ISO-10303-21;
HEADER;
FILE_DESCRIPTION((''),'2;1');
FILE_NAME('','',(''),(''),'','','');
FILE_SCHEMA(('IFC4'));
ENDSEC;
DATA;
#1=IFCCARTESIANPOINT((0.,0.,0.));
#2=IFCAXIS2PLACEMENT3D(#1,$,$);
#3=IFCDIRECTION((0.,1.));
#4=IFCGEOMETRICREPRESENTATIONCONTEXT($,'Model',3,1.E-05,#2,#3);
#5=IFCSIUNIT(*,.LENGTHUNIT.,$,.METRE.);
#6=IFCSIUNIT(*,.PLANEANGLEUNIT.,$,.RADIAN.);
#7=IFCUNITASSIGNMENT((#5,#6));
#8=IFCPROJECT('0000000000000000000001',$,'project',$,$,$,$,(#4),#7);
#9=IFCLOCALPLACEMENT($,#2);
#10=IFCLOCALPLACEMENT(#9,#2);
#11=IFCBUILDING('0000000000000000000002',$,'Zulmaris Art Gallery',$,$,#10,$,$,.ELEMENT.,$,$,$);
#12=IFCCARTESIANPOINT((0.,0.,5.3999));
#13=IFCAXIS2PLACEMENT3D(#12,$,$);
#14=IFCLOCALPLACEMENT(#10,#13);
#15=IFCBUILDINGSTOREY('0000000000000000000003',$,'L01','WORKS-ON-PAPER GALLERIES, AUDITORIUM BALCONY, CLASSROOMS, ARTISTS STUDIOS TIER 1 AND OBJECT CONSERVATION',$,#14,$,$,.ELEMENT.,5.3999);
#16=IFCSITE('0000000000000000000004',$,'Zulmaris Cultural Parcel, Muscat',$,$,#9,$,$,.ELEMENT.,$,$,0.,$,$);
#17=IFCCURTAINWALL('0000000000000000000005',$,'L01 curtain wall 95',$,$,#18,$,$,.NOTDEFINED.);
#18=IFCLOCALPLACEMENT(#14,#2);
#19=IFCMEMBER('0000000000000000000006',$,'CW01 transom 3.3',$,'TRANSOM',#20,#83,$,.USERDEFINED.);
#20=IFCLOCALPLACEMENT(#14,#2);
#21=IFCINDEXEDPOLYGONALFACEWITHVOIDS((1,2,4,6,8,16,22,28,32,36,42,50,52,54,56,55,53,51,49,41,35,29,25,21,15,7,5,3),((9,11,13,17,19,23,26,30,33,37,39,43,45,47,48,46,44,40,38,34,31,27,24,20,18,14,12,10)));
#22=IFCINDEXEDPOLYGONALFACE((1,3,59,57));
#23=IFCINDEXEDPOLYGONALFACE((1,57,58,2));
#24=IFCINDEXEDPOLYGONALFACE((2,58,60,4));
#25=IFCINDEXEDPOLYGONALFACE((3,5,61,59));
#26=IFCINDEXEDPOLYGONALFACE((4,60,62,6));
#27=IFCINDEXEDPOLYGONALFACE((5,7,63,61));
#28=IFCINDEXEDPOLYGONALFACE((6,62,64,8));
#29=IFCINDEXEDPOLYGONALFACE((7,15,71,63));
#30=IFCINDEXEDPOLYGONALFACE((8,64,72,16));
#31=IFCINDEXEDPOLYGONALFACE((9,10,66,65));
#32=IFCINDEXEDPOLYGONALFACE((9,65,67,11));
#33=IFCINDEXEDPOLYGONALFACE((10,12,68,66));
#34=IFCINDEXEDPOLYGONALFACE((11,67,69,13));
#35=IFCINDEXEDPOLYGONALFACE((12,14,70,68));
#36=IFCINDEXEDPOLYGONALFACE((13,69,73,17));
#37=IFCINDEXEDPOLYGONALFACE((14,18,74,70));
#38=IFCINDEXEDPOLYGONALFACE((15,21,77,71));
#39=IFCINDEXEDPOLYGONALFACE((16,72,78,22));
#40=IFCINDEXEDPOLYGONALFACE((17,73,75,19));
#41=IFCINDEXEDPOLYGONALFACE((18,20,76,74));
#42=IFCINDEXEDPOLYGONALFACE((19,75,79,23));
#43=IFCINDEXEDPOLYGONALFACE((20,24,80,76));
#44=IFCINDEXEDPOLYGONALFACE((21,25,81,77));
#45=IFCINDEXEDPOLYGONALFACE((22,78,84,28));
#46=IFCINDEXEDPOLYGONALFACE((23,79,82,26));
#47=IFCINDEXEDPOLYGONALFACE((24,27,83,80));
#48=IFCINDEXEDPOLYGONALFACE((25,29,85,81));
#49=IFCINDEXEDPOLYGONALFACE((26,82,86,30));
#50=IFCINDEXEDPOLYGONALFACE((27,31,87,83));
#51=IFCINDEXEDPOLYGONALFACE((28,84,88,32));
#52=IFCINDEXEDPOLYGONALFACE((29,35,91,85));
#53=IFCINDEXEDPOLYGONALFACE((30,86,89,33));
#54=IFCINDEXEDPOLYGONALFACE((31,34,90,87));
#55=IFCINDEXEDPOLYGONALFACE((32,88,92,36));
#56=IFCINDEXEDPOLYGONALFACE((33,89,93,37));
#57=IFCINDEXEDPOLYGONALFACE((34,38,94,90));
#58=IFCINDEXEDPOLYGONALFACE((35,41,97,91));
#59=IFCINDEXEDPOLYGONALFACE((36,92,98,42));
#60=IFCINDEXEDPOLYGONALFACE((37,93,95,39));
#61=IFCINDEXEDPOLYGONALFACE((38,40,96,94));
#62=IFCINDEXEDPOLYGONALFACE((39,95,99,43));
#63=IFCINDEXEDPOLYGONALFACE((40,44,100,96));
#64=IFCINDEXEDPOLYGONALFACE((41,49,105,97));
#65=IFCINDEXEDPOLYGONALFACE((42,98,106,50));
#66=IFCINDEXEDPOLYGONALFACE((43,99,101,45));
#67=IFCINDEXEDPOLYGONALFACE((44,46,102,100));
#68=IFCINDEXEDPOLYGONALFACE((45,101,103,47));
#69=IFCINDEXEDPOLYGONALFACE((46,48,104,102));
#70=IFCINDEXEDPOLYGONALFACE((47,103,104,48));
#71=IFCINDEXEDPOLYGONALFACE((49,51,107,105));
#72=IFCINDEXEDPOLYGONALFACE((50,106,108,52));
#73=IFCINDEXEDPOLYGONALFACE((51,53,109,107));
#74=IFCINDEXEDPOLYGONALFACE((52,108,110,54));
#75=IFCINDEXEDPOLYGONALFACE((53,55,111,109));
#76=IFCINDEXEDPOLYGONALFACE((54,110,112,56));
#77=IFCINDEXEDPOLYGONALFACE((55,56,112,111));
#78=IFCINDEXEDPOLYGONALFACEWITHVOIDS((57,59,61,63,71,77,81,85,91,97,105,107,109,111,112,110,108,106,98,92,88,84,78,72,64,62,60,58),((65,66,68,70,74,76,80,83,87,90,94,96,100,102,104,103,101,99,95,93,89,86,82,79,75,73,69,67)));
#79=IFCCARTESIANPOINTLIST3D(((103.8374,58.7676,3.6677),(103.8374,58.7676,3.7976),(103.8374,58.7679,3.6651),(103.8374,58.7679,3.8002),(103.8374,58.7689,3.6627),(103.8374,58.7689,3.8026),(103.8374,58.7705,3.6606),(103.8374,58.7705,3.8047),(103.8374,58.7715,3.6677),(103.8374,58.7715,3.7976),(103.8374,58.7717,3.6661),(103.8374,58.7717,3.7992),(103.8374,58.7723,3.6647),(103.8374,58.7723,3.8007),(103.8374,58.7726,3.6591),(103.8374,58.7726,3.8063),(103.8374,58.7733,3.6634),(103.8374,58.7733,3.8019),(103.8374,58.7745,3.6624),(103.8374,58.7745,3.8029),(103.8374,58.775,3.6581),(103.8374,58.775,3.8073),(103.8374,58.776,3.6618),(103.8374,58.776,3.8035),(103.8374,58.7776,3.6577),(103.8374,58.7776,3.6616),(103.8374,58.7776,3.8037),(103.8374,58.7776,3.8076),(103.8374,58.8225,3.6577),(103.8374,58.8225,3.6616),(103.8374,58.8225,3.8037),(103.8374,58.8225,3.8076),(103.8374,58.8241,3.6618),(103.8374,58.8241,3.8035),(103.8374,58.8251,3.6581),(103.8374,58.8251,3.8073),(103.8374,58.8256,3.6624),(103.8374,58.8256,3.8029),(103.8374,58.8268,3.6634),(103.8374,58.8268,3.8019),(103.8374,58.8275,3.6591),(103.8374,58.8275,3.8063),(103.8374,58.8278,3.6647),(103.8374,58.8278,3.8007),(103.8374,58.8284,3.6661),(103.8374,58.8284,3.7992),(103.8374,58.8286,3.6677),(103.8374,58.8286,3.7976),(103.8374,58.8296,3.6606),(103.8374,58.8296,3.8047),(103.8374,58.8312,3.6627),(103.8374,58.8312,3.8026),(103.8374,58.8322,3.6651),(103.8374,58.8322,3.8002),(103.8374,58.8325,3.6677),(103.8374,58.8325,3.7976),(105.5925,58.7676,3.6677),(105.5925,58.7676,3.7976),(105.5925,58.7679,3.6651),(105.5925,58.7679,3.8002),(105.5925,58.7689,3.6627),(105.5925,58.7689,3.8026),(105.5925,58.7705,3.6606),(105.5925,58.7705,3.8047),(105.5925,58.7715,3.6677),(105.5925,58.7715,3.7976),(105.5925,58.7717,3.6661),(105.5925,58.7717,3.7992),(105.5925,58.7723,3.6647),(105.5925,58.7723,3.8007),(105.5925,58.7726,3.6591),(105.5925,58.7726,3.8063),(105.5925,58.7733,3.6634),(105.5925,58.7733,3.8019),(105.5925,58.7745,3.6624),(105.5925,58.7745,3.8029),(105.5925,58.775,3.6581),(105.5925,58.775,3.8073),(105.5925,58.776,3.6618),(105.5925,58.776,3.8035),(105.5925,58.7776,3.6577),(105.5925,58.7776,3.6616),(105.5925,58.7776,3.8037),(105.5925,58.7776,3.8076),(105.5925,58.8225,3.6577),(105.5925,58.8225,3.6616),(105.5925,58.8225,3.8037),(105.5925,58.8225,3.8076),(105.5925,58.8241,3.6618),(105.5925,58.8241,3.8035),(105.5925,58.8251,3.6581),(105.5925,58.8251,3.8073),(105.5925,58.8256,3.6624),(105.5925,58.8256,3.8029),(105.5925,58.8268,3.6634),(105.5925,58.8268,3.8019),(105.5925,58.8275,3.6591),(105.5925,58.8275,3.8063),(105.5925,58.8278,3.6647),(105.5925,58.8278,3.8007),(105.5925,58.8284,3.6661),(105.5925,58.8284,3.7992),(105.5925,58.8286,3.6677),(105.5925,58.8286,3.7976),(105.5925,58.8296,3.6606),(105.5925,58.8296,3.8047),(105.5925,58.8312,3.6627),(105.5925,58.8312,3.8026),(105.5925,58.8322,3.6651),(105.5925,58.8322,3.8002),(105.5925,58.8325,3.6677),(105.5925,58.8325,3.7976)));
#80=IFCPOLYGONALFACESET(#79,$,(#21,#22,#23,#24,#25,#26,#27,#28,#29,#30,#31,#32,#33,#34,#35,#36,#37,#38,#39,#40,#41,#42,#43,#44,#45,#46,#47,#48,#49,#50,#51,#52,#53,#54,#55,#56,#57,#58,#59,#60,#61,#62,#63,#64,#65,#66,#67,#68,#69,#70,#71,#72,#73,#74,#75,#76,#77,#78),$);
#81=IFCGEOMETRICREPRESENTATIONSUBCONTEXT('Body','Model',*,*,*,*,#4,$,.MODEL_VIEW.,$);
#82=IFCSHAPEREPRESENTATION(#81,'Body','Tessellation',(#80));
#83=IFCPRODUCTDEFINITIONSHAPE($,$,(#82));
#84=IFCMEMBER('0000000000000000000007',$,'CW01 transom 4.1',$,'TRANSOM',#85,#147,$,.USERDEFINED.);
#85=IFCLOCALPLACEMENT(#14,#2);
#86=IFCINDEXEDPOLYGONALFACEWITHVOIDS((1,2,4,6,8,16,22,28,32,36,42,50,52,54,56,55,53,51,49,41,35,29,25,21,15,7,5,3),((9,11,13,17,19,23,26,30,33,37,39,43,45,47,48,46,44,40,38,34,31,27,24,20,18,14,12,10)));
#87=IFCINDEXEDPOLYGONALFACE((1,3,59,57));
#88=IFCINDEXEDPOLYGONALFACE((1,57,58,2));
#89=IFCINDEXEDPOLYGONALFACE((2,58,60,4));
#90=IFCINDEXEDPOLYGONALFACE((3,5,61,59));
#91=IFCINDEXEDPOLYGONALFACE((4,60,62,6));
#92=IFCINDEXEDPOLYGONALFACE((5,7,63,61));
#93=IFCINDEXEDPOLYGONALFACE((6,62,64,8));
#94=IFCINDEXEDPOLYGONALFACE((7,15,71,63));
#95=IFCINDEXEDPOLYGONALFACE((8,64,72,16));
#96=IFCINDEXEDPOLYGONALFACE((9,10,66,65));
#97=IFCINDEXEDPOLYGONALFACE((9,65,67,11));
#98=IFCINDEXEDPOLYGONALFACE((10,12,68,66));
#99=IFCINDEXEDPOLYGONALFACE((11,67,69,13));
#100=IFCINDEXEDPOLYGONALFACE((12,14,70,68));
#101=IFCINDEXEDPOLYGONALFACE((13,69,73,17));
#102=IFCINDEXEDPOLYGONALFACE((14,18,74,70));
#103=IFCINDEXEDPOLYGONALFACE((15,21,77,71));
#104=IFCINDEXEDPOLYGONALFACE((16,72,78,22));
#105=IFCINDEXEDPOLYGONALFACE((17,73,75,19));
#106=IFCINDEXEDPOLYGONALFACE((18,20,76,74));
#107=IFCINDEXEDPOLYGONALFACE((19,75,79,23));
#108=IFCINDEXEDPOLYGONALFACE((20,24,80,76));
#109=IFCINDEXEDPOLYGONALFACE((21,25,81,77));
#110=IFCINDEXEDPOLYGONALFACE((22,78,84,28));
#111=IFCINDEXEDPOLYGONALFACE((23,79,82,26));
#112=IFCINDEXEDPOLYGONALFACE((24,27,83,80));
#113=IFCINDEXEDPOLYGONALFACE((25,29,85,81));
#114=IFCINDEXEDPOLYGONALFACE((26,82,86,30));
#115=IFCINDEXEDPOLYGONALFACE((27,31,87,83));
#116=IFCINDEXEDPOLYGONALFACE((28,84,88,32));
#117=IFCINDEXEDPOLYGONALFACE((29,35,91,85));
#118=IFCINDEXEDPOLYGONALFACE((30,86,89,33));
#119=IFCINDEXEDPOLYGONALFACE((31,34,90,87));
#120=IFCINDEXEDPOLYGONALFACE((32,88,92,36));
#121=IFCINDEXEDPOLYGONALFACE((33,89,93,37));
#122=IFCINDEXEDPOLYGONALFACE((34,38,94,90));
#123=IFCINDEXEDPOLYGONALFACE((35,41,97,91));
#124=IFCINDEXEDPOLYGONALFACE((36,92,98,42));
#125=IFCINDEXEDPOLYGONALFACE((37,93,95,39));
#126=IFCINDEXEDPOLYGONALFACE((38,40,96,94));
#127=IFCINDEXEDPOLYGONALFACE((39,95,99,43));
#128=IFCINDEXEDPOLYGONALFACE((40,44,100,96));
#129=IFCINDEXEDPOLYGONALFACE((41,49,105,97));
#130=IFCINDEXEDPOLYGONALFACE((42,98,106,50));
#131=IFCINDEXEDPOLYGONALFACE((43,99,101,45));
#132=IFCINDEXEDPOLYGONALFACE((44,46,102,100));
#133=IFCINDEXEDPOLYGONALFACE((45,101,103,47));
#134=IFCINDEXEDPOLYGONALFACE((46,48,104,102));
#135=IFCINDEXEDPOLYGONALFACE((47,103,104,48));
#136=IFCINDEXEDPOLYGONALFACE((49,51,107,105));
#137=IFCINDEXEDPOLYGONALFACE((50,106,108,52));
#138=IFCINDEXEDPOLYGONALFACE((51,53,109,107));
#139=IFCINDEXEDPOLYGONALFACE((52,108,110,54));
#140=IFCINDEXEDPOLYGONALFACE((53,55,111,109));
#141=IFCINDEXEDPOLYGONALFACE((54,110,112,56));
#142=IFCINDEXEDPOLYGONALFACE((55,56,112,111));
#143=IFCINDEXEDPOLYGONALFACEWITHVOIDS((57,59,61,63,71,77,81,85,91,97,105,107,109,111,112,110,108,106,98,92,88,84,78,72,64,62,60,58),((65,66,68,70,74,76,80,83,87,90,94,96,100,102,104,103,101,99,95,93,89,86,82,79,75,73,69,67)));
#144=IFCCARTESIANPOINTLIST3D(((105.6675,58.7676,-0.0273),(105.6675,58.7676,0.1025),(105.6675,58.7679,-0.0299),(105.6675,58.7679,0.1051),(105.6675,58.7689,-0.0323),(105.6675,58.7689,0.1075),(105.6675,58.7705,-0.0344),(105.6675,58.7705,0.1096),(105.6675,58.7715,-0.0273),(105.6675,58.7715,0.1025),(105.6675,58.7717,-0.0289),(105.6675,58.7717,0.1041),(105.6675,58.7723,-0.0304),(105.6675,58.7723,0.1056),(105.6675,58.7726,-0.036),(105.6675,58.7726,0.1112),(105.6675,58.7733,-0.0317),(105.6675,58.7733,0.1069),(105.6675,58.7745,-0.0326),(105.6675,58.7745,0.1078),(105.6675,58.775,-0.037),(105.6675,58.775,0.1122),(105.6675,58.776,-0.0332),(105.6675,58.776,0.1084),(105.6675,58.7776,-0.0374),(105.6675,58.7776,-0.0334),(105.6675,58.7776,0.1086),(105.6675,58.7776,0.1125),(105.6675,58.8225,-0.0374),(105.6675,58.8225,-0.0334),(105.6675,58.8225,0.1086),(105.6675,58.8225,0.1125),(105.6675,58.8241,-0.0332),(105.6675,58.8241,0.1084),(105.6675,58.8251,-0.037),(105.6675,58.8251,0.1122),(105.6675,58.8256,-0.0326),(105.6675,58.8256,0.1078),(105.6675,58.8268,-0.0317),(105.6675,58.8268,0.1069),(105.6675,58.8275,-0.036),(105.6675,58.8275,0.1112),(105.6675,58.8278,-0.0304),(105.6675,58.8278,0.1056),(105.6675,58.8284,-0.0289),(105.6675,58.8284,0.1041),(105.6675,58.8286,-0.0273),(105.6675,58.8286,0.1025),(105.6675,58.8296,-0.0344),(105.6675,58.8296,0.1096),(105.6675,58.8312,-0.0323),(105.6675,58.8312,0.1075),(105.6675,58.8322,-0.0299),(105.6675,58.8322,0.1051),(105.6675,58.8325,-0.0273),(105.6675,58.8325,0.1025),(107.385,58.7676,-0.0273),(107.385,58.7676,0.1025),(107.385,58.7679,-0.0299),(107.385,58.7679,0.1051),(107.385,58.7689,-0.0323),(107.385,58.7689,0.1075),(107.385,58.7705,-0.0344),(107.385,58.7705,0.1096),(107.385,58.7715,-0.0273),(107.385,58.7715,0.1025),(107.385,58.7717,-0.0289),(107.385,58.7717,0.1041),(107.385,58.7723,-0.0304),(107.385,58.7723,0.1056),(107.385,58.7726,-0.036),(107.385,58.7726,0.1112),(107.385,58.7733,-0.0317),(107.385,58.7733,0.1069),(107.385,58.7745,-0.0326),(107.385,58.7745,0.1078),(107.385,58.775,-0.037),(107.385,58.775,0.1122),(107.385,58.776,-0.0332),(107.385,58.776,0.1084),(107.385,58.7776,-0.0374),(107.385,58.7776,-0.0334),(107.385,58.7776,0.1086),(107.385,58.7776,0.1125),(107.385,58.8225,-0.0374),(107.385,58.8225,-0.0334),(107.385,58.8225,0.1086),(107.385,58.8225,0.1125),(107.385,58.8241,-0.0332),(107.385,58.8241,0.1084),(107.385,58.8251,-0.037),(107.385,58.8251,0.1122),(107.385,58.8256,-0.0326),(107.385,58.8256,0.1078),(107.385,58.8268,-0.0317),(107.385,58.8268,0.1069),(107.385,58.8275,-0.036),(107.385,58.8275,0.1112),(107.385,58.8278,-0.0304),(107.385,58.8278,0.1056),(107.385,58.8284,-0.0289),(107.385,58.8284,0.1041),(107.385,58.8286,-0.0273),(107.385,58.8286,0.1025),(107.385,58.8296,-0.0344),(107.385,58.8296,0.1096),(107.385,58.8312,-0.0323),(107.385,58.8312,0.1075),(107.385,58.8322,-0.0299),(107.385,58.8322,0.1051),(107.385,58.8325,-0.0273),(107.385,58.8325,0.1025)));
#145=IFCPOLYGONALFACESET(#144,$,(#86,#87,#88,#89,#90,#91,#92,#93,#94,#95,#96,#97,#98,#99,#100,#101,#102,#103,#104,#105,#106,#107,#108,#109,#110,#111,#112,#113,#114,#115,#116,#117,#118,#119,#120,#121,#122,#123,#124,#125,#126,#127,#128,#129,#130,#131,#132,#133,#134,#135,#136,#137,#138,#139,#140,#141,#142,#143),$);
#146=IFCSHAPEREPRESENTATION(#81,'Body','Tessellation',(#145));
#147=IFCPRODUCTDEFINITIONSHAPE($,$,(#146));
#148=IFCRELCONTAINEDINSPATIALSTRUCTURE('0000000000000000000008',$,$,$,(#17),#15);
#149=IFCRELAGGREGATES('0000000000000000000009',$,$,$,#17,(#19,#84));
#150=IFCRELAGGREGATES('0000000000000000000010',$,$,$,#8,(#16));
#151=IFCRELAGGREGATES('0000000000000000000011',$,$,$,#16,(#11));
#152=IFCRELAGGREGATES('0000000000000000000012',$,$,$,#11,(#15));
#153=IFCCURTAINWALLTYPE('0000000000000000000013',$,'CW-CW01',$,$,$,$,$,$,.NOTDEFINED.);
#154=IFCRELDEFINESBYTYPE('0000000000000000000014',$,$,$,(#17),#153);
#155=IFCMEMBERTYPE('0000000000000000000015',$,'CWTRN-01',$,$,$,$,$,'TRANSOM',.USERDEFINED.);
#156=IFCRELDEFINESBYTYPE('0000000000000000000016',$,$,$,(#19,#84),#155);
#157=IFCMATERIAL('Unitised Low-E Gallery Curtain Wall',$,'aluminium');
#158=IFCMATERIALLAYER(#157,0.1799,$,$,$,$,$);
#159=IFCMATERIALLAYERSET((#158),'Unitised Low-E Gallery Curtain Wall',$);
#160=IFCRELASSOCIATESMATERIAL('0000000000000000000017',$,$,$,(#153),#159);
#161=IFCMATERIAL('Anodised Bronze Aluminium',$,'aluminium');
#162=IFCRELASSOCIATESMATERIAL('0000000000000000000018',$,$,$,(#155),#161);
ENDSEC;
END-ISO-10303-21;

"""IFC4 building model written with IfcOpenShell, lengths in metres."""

from ifc_helpers import new_model, si_unit, direction, frame, origin, origin_2d, place, context, subcontext, project, spatial, hollow_rectangle, extrude, material, layer, layer_set, material_profile, profile_set, type_object, element, aggregate, save


model = new_model("IFC4")

# Units and contexts
model_context = context("Model", 3, precision=1e-05, world=origin(), true_north=direction((0.0, 1.0)))
body_context = subcontext(model_context, "Body", "Model", "MODEL_VIEW")
ifc_project = project(units=[si_unit("LENGTHUNIT", "METRE"), si_unit("PLANEANGLEUNIT", "RADIAN")], contexts=[model_context])

# Site, building, storey
site_placement = place(None, origin())
site = spatial("IfcSite", under=ifc_project, at=site_placement, Name="Zulmaris Cultural Parcel, Muscat", CompositionType="ELEMENT", RefElevation=0.0)
building_placement = place(site_placement, origin())
building = spatial("IfcBuilding", under=site, at=building_placement, Name="Zulmaris Art Gallery", CompositionType="ELEMENT")
storey_placement = place(building_placement, frame((0.0, 0.0, 5.3999)))
storey = spatial("IfcBuildingStorey", under=building, at=storey_placement, Name="L01", Description="WORKS-ON-PAPER GALLERIES, AUDITORIUM BALCONY, CLASSROOMS, ARTISTS STUDIOS TIER 1 AND OBJECT CONSERVATION", CompositionType="ELEMENT", Elevation=5.3999)

# Curtain wall, members
ifc_material_1 = material(Name="Unitised Low-E Gallery Curtain Wall", Category="aluminium")
ifc_layer_1 = layer(ifc_material_1, 0.1799)
ifc_layer_set_1 = layer_set([ifc_layer_1], Name="Unitised Low-E Gallery Curtain Wall")
curtain_wall_type = type_object("IfcCurtainWallType", Name="CW-CW01", PredefinedType="NOTDEFINED", material=ifc_layer_set_1)
curtain_wall_placement = place(storey_placement, origin())
curtain_wall = element("IfcCurtainWall", 1, at=curtain_wall_placement, inside=storey, type_object=curtain_wall_type, Name="L01 curtain wall 95", PredefinedType="NOTDEFINED")
ifc_material_2 = material(Name="Anodised Bronze Aluminium", Category="aluminium")
ifc_material_profile_1 = material_profile(ifc_material_2, hollow_rectangle(XDim=0.0649, YDim=0.1499, WallThickness=0.0039, InnerFilletRadius=0.0061, OuterFilletRadius=0.01, at=origin_2d()), Name="ALU 65x150x4")
ifc_profile_set_1 = profile_set([ifc_material_profile_1], Name="Anodised Bronze Aluminium")
member_type_1 = type_object("IfcMemberType", Name="CWTRN-01", ElementType="TRANSOM", PredefinedType="USERDEFINED", material=ifc_profile_set_1)
member_1_placement = place(storey_placement, frame((103.8374, 58.8, 3.7327), z_axis=(1.0, 0.0, 0.0), x_axis=(0.0, 1.0, 0.0)))
member_1 = element("IfcMember", 2, at=member_1_placement, type_object=member_type_1, Name="CW01 transom 3.3", ObjectType="TRANSOM", PredefinedType="USERDEFINED", context=body_context, shape_type="SweptSolid", body=[
    extrude(hollow_rectangle(XDim=0.0649, YDim=0.1499, WallThickness=0.0039, InnerFilletRadius=0.0061, OuterFilletRadius=0.01, at=origin_2d()), origin(), (0.0, 0.0, 1.0), 1.7551),
])
member_2_placement = place(storey_placement, frame((105.6675, 58.8, 0.0376), z_axis=(1.0, 0.0, 0.0), x_axis=(0.0, 1.0, 0.0)))
member_2 = element("IfcMember", 3, at=member_2_placement, type_object=member_type_1, Name="CW01 transom 4.1", ObjectType="TRANSOM", PredefinedType="USERDEFINED", context=body_context, shape_type="SweptSolid", body=[
    extrude(hollow_rectangle(XDim=0.0649, YDim=0.1499, WallThickness=0.0039, InnerFilletRadius=0.0061, OuterFilletRadius=0.01, at=origin_2d()), origin(), (0.0, 0.0, 1.0), 1.7175),
])
aggregate(curtain_wall, [member_1, member_2])

save(model, "model.ifc")
